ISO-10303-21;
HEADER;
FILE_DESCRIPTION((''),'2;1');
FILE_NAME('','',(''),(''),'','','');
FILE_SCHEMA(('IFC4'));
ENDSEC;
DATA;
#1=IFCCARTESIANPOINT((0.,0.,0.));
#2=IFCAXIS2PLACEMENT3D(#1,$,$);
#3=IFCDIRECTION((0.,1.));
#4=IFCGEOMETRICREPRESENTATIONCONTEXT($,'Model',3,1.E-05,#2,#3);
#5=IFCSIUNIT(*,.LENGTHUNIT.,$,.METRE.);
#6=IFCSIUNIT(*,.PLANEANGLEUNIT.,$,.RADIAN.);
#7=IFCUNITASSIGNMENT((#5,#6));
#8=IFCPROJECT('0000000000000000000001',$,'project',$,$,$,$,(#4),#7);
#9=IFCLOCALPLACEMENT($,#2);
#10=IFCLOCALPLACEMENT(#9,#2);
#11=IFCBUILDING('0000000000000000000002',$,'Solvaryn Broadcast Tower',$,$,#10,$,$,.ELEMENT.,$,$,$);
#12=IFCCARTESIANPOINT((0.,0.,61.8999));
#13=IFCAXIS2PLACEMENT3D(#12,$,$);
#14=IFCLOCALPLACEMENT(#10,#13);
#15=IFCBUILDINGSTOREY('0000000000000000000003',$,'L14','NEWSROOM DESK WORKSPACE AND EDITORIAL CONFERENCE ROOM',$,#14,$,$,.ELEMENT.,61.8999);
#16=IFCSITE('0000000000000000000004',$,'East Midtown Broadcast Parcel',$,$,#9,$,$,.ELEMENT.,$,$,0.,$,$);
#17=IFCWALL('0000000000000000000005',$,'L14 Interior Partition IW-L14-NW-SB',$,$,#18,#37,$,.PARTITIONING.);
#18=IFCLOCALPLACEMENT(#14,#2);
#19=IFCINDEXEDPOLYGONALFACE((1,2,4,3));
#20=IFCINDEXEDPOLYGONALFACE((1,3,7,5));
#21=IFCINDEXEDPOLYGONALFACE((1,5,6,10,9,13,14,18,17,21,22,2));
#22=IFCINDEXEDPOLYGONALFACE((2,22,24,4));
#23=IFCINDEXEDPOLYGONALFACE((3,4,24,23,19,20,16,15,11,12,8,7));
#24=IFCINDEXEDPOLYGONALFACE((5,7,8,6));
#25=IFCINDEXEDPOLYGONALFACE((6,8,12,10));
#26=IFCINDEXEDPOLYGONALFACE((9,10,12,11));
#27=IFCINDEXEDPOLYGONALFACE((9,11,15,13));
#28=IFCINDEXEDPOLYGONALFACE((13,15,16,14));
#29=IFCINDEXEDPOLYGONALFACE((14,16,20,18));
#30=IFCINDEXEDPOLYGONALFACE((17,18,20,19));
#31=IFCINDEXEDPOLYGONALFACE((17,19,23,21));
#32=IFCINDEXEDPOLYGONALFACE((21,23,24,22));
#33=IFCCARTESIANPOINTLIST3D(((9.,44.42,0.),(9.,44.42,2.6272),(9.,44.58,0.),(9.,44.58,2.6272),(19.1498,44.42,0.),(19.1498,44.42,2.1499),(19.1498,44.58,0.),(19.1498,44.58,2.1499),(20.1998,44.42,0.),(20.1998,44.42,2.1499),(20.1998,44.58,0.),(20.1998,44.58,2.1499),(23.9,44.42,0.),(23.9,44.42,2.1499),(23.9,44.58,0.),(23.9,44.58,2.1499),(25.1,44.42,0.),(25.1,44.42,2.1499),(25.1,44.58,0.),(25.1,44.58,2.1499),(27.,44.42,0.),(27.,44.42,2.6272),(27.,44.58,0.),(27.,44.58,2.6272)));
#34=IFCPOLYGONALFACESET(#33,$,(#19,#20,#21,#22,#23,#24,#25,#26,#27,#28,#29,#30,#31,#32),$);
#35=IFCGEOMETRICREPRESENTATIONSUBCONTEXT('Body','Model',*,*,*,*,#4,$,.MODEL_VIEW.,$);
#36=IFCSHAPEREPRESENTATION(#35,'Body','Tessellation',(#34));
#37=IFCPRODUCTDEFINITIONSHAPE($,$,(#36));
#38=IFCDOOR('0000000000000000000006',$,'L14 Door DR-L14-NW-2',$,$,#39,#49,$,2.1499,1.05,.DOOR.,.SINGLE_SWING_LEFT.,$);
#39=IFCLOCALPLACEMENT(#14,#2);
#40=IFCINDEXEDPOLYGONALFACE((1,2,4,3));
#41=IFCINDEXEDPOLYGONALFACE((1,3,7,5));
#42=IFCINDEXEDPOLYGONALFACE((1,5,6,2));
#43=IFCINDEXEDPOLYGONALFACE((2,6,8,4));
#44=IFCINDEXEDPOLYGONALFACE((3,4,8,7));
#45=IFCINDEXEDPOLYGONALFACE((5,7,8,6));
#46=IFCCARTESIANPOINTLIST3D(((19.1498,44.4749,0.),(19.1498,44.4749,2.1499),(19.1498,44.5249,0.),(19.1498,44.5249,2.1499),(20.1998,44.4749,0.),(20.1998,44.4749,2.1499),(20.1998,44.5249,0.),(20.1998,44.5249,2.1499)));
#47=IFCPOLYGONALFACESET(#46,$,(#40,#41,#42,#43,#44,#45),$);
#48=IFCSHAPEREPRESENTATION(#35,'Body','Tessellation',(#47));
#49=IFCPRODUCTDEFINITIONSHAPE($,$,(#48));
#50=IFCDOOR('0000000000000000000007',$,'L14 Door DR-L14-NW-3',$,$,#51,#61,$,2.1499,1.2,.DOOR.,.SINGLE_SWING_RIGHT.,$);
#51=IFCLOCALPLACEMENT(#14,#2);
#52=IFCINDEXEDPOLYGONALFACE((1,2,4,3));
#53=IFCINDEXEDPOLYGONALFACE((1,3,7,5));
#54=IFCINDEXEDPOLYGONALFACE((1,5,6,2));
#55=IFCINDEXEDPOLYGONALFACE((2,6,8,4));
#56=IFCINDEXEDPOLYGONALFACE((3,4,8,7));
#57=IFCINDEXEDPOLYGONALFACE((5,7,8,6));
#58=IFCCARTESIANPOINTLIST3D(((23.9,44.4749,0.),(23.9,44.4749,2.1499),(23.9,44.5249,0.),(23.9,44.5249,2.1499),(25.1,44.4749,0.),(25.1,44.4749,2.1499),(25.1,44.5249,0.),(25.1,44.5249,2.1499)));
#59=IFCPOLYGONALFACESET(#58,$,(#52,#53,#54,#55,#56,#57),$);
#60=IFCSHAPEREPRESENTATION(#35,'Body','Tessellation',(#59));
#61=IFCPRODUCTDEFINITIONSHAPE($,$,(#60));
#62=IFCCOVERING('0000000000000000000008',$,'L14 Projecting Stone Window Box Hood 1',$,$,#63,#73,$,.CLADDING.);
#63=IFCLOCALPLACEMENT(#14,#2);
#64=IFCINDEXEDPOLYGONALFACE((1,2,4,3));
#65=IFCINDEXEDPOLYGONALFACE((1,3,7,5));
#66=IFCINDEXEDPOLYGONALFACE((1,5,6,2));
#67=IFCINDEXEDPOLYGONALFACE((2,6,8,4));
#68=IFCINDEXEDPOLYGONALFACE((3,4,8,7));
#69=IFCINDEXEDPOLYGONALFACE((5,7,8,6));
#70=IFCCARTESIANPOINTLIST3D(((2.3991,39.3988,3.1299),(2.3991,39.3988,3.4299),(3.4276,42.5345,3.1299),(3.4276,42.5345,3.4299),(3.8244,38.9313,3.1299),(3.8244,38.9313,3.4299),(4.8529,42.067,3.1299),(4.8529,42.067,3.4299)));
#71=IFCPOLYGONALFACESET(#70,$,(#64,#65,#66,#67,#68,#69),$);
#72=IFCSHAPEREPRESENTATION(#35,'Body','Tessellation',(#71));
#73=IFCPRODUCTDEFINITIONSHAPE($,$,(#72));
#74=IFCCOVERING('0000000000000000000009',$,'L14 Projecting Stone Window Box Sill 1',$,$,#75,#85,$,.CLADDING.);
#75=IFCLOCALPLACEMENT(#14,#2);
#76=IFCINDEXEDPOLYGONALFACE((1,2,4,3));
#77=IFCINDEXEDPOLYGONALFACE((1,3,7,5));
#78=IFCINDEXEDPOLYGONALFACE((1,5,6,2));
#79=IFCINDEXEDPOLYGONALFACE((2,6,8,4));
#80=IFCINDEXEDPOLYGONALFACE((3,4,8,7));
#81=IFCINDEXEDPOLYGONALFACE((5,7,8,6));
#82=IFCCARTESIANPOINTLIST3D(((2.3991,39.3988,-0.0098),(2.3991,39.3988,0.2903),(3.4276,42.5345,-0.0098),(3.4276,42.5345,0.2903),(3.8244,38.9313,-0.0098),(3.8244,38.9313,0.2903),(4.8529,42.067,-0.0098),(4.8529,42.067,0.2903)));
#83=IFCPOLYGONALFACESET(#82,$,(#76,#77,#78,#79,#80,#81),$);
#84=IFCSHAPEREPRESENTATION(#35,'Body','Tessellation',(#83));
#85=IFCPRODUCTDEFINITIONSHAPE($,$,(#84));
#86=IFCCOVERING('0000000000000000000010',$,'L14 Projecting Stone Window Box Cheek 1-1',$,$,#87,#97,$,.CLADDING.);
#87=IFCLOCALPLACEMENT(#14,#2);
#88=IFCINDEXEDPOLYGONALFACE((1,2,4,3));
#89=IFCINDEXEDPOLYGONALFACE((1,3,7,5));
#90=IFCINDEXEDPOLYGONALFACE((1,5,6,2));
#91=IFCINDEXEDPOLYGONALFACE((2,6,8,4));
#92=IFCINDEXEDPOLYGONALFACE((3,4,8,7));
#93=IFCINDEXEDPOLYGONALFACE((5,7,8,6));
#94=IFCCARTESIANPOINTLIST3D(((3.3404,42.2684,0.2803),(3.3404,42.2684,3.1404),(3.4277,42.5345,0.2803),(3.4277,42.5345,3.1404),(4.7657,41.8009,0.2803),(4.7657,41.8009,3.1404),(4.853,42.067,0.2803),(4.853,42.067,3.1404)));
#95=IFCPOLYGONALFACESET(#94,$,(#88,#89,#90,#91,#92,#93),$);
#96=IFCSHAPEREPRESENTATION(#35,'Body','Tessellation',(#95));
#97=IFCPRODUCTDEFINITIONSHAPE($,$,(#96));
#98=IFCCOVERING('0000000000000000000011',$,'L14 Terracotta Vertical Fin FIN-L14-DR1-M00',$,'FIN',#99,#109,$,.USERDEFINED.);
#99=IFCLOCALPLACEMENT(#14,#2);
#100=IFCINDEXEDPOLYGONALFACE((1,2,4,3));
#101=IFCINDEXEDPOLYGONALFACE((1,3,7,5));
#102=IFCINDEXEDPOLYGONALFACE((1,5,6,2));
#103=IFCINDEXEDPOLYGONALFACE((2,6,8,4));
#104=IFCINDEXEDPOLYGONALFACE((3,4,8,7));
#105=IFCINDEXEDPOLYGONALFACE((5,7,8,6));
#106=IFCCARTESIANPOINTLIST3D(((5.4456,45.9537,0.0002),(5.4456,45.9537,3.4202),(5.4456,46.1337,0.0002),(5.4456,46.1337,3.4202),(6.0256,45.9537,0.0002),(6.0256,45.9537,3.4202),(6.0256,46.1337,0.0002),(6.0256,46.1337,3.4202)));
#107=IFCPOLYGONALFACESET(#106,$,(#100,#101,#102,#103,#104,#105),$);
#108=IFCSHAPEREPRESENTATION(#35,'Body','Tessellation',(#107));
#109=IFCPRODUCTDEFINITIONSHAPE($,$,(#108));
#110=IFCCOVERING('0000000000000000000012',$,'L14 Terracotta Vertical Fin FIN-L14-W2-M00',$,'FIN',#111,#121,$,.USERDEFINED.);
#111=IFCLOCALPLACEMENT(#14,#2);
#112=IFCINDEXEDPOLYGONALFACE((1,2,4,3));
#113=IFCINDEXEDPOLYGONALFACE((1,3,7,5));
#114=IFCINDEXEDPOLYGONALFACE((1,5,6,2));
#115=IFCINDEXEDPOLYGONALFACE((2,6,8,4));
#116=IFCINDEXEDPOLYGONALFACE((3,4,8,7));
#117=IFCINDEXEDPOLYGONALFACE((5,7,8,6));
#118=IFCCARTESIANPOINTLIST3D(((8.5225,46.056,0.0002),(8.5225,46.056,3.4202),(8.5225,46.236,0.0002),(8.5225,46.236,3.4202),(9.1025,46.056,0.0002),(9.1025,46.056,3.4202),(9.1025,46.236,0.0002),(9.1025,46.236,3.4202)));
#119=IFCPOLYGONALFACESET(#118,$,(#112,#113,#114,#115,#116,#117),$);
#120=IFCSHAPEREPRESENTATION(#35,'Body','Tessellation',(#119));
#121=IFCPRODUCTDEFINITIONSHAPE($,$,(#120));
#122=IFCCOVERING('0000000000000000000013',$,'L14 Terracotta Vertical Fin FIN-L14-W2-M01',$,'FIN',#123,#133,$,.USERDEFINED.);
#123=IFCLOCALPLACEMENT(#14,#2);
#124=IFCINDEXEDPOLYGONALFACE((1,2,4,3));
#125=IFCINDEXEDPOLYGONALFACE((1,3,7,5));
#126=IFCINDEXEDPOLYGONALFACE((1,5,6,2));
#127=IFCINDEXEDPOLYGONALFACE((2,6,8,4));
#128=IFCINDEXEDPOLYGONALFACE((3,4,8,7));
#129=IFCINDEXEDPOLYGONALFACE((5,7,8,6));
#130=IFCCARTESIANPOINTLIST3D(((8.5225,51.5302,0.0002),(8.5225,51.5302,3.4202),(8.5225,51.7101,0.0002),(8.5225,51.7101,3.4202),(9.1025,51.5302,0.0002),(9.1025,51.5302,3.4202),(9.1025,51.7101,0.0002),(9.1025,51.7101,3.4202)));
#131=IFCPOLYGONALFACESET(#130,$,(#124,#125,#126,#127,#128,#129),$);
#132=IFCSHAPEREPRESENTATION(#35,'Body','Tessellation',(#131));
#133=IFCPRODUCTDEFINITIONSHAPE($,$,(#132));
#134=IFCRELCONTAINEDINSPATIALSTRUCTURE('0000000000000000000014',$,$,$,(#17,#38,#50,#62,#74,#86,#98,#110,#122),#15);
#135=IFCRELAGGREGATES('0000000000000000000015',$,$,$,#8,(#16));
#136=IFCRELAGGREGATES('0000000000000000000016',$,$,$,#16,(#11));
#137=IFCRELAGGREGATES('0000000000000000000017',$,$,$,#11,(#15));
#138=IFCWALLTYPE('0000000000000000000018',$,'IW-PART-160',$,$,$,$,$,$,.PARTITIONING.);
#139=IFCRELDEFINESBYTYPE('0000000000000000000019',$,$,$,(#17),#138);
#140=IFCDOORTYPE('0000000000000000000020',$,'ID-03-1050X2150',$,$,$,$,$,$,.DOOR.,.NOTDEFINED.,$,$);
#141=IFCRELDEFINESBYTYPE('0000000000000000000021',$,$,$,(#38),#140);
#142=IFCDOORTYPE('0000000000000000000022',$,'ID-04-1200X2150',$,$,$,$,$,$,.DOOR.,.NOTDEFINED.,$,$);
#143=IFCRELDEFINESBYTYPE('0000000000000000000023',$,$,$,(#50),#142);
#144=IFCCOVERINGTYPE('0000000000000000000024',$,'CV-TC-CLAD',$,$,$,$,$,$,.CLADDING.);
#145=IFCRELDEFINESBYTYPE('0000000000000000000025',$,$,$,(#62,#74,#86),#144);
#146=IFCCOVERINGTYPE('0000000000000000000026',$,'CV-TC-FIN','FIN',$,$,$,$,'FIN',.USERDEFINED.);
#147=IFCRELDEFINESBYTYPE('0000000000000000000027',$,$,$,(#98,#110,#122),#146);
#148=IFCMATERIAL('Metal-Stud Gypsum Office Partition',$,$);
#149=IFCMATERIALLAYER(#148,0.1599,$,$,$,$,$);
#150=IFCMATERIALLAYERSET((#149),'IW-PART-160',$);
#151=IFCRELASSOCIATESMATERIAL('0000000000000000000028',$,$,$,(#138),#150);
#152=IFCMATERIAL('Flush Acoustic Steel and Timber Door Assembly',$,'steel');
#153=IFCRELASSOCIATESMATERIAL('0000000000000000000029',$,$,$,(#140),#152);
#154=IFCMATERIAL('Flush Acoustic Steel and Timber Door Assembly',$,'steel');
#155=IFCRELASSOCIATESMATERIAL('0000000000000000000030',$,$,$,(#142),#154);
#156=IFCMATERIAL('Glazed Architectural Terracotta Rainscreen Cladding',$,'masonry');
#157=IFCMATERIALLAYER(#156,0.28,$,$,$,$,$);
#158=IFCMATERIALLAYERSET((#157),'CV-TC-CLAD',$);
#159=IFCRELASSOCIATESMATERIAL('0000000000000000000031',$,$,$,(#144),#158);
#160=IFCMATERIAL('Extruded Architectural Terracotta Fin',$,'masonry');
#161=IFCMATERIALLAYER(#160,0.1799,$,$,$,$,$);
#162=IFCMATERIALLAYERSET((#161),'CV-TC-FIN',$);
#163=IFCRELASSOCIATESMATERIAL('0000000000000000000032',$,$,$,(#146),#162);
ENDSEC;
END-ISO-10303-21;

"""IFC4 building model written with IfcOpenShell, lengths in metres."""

from ifc_helpers import new_model, si_unit, direction, frame, frame_2d, origin, origin_2d, place, context, subcontext, project, spatial, rectangle, extrude, material, layer, layer_set, type_object, element, fill, save


model = new_model("IFC4")

# Units and contexts
model_context = context("Model", 3, precision=1e-05, world=origin(), true_north=direction((0.0, 1.0)))
body_context = subcontext(model_context, "Body", "Model", "MODEL_VIEW")
ifc_project = project(units=[si_unit("LENGTHUNIT", "METRE"), si_unit("PLANEANGLEUNIT", "RADIAN")], contexts=[model_context])

# Site, building, storey
site_placement = place(None, origin())
site = spatial("IfcSite", under=ifc_project, at=site_placement, Name="East Midtown Broadcast Parcel", CompositionType="ELEMENT", RefElevation=0.0)
building_placement = place(site_placement, origin())
building = spatial("IfcBuilding", under=site, at=building_placement, Name="Solvaryn Broadcast Tower", CompositionType="ELEMENT")
storey_placement = place(building_placement, frame((0.0, 0.0, 61.8999)))
storey = spatial("IfcBuildingStorey", under=building, at=storey_placement, Name="L14", Description="NEWSROOM DESK WORKSPACE AND EDITORIAL CONFERENCE ROOM", CompositionType="ELEMENT", Elevation=61.8999)

# Shared definitions
ifc_material_1 = material(Name="Metal-Stud Gypsum Office Partition")
ifc_layer_1 = layer(ifc_material_1, 0.1599)
ifc_layer_set_1 = layer_set([ifc_layer_1], Name="IW-PART-160")
wall_type_1 = type_object("IfcWallType", Name="IW-PART-160", PredefinedType="PARTITIONING", material=ifc_layer_set_1)

# Wall, openings, doors
wall_1_placement = place(storey_placement, frame((9.0, 44.5, 0.0), z_axis=(0.0, 0.0, 1.0), x_axis=(1.0, 0.0, 0.0)))
wall_1 = element("IfcWall", 1, at=wall_1_placement, inside=storey, type_object=wall_type_1, Name="L14 Interior Partition IW-L14-NW-SB", PredefinedType="PARTITIONING", context=body_context, shape_type="SweptSolid", body=[
    extrude(rectangle(XDim=18.0, YDim=0.1599, at=frame_2d((9.0, 0.0))), origin(), (0.0, 0.0, 1.0), 2.6272),
])
opening_1_placement = place(wall_1_placement, frame((10.1499, 0.0, 0.0)))
opening_1 = element("IfcOpeningElement", 2, at=opening_1_placement, cuts=wall_1, PredefinedType="OPENING", context=body_context, shape_type="SweptSolid", body=[
    extrude(rectangle(XDim=1.05, YDim=2.1499, at=frame_2d((0.5249, 1.075))), frame((0.0, 0.0901, 0.0), z_axis=(0.0, -1.0, 0.0), x_axis=(1.0, 0.0, 0.0)), (0.0, 0.0, 1.0), 0.1799),
])
opening_2_placement = place(wall_1_placement, frame((14.8999, 0.0, 0.0)))
opening_2 = element("IfcOpeningElement", 3, at=opening_2_placement, cuts=wall_1, PredefinedType="OPENING", context=body_context, shape_type="SweptSolid", body=[
    extrude(rectangle(XDim=1.2, YDim=2.1499, at=frame_2d((0.6001, 1.075))), frame((0.0, 0.0901, 0.0), z_axis=(0.0, -1.0, 0.0), x_axis=(1.0, 0.0, 0.0)), (0.0, 0.0, 1.0), 0.1799),
])
ifc_material_2 = material(Name="Flush Acoustic Steel and Timber Door Assembly", Category="steel")
door_type_1 = type_object("IfcDoorType", Name="ID-03-1050X2150", OperationType="NOTDEFINED", PredefinedType="DOOR", material=ifc_material_2)
door_1_placement = place(opening_1_placement, origin())
door_1 = element("IfcDoor", 4, at=door_1_placement, inside=storey, type_object=door_type_1, Name="L14 Door DR-L14-NW-2", OperationType="SINGLE_SWING_LEFT", OverallHeight=2.1499, OverallWidth=1.05, PredefinedType="DOOR", context=body_context, shape_type="SweptSolid", body=[
    extrude(rectangle(XDim=1.05, YDim=2.1499, at=frame_2d((0.5249, 1.075))), frame((0.0, 0.0249, 0.0), z_axis=(0.0, -1.0, 0.0), x_axis=(1.0, 0.0, 0.0)), (0.0, 0.0, 1.0), 0.05),
])
fill(opening_1, door_1)
ifc_material_3 = material(Name="Flush Acoustic Steel and Timber Door Assembly", Category="steel")
door_type_2 = type_object("IfcDoorType", Name="ID-04-1200X2150", OperationType="NOTDEFINED", PredefinedType="DOOR", material=ifc_material_3)
door_2_placement = place(opening_2_placement, origin())
door_2 = element("IfcDoor", 5, at=door_2_placement, inside=storey, type_object=door_type_2, Name="L14 Door DR-L14-NW-3", OperationType="SINGLE_SWING_RIGHT", OverallHeight=2.1499, OverallWidth=1.2, PredefinedType="DOOR", context=body_context, shape_type="SweptSolid", body=[
    extrude(rectangle(XDim=1.2, YDim=2.1499, at=frame_2d((0.6001, 1.075))), frame((0.0, 0.0249, 0.0), z_axis=(0.0, -1.0, 0.0), x_axis=(1.0, 0.0, 0.0)), (0.0, 0.0, 1.0), 0.05),
])
fill(opening_2, door_2)

# Coverings
ifc_material_4 = material(Name="Glazed Architectural Terracotta Rainscreen Cladding", Category="masonry")
ifc_layer_2 = layer(ifc_material_4, 0.28)
ifc_layer_set_2 = layer_set([ifc_layer_2], Name="CV-TC-CLAD")
covering_type_1 = type_object("IfcCoveringType", Name="CV-TC-CLAD", PredefinedType="CLADDING", material=ifc_layer_set_2)
for number, where, z_axis, x_axis, name in (
    (6, (3.626, 40.7329, 3.1299), (0.0, 0.0, 1.0), (-0.311672, -0.95019, 0.0), "L14 Projecting Stone Window Box Hood 1"),
    (7, (3.626, 40.7329, -0.0098), (0.0, 0.0, 1.0), (-0.311672, -0.95019, 0.0), "L14 Projecting Stone Window Box Sill 1"),
):
    element("IfcCovering", number, at=place(storey_placement, frame(where, z_axis=z_axis, x_axis=x_axis)), inside=storey, type_object=covering_type_1, Name=name, PredefinedType="CLADDING", context=body_context, shape_type="SweptSolid", body=[
        extrude(rectangle(XDim=3.3, YDim=1.5, at=origin_2d()), origin(), (0.0, 0.0, 1.0), 0.3),
    ])
covering_placement = place(storey_placement, frame((4.0967, 42.1677, 0.2803), z_axis=(0.0, 0.0, 1.0), x_axis=(-0.311672, -0.95019, 0.0)))
element("IfcCovering", 8, at=covering_placement, inside=storey, type_object=covering_type_1, Name="L14 Projecting Stone Window Box Cheek 1-1", PredefinedType="CLADDING", context=body_context, shape_type="SweptSolid", body=[
    extrude(rectangle(XDim=0.28, YDim=1.5, at=origin_2d()), origin(), (0.0, 0.0, 1.0), 2.8601),
])
ifc_material_5 = material(Name="Extruded Architectural Terracotta Fin", Category="masonry")
ifc_layer_3 = layer(ifc_material_5, 0.1799)
ifc_layer_set_3 = layer_set([ifc_layer_3], Name="CV-TC-FIN")
covering_type_2 = type_object("IfcCoveringType", Name="CV-TC-FIN", Description="FIN", ElementType="FIN", PredefinedType="USERDEFINED", material=ifc_layer_set_3)
for number, where, z_axis, x_axis, name in (
    (9, (5.7356, 46.0437, 0.0002), (0.0, 0.0, 1.0), (1.0, 0.0, 0.0), "L14 Terracotta Vertical Fin FIN-L14-DR1-M00"),
    (10, (8.8125, 46.146, 0.0002), (0.0, 0.0, 1.0), (1.0, 0.0, 0.0), "L14 Terracotta Vertical Fin FIN-L14-W2-M00"),
    (11, (8.8125, 51.6201, 0.0002), (0.0, 0.0, 1.0), (1.0, 0.0, 0.0), "L14 Terracotta Vertical Fin FIN-L14-W2-M01"),
):
    element("IfcCovering", number, at=place(storey_placement, frame(where, z_axis=z_axis, x_axis=x_axis)), inside=storey, type_object=covering_type_2, Name=name, ObjectType="FIN", PredefinedType="USERDEFINED", context=body_context, shape_type="SweptSolid", body=[
        extrude(rectangle(XDim=0.5801, YDim=0.1799, at=origin_2d()), origin(), (0.0, 0.0, 1.0), 3.4199),
    ])

save(model, "model.ifc")
